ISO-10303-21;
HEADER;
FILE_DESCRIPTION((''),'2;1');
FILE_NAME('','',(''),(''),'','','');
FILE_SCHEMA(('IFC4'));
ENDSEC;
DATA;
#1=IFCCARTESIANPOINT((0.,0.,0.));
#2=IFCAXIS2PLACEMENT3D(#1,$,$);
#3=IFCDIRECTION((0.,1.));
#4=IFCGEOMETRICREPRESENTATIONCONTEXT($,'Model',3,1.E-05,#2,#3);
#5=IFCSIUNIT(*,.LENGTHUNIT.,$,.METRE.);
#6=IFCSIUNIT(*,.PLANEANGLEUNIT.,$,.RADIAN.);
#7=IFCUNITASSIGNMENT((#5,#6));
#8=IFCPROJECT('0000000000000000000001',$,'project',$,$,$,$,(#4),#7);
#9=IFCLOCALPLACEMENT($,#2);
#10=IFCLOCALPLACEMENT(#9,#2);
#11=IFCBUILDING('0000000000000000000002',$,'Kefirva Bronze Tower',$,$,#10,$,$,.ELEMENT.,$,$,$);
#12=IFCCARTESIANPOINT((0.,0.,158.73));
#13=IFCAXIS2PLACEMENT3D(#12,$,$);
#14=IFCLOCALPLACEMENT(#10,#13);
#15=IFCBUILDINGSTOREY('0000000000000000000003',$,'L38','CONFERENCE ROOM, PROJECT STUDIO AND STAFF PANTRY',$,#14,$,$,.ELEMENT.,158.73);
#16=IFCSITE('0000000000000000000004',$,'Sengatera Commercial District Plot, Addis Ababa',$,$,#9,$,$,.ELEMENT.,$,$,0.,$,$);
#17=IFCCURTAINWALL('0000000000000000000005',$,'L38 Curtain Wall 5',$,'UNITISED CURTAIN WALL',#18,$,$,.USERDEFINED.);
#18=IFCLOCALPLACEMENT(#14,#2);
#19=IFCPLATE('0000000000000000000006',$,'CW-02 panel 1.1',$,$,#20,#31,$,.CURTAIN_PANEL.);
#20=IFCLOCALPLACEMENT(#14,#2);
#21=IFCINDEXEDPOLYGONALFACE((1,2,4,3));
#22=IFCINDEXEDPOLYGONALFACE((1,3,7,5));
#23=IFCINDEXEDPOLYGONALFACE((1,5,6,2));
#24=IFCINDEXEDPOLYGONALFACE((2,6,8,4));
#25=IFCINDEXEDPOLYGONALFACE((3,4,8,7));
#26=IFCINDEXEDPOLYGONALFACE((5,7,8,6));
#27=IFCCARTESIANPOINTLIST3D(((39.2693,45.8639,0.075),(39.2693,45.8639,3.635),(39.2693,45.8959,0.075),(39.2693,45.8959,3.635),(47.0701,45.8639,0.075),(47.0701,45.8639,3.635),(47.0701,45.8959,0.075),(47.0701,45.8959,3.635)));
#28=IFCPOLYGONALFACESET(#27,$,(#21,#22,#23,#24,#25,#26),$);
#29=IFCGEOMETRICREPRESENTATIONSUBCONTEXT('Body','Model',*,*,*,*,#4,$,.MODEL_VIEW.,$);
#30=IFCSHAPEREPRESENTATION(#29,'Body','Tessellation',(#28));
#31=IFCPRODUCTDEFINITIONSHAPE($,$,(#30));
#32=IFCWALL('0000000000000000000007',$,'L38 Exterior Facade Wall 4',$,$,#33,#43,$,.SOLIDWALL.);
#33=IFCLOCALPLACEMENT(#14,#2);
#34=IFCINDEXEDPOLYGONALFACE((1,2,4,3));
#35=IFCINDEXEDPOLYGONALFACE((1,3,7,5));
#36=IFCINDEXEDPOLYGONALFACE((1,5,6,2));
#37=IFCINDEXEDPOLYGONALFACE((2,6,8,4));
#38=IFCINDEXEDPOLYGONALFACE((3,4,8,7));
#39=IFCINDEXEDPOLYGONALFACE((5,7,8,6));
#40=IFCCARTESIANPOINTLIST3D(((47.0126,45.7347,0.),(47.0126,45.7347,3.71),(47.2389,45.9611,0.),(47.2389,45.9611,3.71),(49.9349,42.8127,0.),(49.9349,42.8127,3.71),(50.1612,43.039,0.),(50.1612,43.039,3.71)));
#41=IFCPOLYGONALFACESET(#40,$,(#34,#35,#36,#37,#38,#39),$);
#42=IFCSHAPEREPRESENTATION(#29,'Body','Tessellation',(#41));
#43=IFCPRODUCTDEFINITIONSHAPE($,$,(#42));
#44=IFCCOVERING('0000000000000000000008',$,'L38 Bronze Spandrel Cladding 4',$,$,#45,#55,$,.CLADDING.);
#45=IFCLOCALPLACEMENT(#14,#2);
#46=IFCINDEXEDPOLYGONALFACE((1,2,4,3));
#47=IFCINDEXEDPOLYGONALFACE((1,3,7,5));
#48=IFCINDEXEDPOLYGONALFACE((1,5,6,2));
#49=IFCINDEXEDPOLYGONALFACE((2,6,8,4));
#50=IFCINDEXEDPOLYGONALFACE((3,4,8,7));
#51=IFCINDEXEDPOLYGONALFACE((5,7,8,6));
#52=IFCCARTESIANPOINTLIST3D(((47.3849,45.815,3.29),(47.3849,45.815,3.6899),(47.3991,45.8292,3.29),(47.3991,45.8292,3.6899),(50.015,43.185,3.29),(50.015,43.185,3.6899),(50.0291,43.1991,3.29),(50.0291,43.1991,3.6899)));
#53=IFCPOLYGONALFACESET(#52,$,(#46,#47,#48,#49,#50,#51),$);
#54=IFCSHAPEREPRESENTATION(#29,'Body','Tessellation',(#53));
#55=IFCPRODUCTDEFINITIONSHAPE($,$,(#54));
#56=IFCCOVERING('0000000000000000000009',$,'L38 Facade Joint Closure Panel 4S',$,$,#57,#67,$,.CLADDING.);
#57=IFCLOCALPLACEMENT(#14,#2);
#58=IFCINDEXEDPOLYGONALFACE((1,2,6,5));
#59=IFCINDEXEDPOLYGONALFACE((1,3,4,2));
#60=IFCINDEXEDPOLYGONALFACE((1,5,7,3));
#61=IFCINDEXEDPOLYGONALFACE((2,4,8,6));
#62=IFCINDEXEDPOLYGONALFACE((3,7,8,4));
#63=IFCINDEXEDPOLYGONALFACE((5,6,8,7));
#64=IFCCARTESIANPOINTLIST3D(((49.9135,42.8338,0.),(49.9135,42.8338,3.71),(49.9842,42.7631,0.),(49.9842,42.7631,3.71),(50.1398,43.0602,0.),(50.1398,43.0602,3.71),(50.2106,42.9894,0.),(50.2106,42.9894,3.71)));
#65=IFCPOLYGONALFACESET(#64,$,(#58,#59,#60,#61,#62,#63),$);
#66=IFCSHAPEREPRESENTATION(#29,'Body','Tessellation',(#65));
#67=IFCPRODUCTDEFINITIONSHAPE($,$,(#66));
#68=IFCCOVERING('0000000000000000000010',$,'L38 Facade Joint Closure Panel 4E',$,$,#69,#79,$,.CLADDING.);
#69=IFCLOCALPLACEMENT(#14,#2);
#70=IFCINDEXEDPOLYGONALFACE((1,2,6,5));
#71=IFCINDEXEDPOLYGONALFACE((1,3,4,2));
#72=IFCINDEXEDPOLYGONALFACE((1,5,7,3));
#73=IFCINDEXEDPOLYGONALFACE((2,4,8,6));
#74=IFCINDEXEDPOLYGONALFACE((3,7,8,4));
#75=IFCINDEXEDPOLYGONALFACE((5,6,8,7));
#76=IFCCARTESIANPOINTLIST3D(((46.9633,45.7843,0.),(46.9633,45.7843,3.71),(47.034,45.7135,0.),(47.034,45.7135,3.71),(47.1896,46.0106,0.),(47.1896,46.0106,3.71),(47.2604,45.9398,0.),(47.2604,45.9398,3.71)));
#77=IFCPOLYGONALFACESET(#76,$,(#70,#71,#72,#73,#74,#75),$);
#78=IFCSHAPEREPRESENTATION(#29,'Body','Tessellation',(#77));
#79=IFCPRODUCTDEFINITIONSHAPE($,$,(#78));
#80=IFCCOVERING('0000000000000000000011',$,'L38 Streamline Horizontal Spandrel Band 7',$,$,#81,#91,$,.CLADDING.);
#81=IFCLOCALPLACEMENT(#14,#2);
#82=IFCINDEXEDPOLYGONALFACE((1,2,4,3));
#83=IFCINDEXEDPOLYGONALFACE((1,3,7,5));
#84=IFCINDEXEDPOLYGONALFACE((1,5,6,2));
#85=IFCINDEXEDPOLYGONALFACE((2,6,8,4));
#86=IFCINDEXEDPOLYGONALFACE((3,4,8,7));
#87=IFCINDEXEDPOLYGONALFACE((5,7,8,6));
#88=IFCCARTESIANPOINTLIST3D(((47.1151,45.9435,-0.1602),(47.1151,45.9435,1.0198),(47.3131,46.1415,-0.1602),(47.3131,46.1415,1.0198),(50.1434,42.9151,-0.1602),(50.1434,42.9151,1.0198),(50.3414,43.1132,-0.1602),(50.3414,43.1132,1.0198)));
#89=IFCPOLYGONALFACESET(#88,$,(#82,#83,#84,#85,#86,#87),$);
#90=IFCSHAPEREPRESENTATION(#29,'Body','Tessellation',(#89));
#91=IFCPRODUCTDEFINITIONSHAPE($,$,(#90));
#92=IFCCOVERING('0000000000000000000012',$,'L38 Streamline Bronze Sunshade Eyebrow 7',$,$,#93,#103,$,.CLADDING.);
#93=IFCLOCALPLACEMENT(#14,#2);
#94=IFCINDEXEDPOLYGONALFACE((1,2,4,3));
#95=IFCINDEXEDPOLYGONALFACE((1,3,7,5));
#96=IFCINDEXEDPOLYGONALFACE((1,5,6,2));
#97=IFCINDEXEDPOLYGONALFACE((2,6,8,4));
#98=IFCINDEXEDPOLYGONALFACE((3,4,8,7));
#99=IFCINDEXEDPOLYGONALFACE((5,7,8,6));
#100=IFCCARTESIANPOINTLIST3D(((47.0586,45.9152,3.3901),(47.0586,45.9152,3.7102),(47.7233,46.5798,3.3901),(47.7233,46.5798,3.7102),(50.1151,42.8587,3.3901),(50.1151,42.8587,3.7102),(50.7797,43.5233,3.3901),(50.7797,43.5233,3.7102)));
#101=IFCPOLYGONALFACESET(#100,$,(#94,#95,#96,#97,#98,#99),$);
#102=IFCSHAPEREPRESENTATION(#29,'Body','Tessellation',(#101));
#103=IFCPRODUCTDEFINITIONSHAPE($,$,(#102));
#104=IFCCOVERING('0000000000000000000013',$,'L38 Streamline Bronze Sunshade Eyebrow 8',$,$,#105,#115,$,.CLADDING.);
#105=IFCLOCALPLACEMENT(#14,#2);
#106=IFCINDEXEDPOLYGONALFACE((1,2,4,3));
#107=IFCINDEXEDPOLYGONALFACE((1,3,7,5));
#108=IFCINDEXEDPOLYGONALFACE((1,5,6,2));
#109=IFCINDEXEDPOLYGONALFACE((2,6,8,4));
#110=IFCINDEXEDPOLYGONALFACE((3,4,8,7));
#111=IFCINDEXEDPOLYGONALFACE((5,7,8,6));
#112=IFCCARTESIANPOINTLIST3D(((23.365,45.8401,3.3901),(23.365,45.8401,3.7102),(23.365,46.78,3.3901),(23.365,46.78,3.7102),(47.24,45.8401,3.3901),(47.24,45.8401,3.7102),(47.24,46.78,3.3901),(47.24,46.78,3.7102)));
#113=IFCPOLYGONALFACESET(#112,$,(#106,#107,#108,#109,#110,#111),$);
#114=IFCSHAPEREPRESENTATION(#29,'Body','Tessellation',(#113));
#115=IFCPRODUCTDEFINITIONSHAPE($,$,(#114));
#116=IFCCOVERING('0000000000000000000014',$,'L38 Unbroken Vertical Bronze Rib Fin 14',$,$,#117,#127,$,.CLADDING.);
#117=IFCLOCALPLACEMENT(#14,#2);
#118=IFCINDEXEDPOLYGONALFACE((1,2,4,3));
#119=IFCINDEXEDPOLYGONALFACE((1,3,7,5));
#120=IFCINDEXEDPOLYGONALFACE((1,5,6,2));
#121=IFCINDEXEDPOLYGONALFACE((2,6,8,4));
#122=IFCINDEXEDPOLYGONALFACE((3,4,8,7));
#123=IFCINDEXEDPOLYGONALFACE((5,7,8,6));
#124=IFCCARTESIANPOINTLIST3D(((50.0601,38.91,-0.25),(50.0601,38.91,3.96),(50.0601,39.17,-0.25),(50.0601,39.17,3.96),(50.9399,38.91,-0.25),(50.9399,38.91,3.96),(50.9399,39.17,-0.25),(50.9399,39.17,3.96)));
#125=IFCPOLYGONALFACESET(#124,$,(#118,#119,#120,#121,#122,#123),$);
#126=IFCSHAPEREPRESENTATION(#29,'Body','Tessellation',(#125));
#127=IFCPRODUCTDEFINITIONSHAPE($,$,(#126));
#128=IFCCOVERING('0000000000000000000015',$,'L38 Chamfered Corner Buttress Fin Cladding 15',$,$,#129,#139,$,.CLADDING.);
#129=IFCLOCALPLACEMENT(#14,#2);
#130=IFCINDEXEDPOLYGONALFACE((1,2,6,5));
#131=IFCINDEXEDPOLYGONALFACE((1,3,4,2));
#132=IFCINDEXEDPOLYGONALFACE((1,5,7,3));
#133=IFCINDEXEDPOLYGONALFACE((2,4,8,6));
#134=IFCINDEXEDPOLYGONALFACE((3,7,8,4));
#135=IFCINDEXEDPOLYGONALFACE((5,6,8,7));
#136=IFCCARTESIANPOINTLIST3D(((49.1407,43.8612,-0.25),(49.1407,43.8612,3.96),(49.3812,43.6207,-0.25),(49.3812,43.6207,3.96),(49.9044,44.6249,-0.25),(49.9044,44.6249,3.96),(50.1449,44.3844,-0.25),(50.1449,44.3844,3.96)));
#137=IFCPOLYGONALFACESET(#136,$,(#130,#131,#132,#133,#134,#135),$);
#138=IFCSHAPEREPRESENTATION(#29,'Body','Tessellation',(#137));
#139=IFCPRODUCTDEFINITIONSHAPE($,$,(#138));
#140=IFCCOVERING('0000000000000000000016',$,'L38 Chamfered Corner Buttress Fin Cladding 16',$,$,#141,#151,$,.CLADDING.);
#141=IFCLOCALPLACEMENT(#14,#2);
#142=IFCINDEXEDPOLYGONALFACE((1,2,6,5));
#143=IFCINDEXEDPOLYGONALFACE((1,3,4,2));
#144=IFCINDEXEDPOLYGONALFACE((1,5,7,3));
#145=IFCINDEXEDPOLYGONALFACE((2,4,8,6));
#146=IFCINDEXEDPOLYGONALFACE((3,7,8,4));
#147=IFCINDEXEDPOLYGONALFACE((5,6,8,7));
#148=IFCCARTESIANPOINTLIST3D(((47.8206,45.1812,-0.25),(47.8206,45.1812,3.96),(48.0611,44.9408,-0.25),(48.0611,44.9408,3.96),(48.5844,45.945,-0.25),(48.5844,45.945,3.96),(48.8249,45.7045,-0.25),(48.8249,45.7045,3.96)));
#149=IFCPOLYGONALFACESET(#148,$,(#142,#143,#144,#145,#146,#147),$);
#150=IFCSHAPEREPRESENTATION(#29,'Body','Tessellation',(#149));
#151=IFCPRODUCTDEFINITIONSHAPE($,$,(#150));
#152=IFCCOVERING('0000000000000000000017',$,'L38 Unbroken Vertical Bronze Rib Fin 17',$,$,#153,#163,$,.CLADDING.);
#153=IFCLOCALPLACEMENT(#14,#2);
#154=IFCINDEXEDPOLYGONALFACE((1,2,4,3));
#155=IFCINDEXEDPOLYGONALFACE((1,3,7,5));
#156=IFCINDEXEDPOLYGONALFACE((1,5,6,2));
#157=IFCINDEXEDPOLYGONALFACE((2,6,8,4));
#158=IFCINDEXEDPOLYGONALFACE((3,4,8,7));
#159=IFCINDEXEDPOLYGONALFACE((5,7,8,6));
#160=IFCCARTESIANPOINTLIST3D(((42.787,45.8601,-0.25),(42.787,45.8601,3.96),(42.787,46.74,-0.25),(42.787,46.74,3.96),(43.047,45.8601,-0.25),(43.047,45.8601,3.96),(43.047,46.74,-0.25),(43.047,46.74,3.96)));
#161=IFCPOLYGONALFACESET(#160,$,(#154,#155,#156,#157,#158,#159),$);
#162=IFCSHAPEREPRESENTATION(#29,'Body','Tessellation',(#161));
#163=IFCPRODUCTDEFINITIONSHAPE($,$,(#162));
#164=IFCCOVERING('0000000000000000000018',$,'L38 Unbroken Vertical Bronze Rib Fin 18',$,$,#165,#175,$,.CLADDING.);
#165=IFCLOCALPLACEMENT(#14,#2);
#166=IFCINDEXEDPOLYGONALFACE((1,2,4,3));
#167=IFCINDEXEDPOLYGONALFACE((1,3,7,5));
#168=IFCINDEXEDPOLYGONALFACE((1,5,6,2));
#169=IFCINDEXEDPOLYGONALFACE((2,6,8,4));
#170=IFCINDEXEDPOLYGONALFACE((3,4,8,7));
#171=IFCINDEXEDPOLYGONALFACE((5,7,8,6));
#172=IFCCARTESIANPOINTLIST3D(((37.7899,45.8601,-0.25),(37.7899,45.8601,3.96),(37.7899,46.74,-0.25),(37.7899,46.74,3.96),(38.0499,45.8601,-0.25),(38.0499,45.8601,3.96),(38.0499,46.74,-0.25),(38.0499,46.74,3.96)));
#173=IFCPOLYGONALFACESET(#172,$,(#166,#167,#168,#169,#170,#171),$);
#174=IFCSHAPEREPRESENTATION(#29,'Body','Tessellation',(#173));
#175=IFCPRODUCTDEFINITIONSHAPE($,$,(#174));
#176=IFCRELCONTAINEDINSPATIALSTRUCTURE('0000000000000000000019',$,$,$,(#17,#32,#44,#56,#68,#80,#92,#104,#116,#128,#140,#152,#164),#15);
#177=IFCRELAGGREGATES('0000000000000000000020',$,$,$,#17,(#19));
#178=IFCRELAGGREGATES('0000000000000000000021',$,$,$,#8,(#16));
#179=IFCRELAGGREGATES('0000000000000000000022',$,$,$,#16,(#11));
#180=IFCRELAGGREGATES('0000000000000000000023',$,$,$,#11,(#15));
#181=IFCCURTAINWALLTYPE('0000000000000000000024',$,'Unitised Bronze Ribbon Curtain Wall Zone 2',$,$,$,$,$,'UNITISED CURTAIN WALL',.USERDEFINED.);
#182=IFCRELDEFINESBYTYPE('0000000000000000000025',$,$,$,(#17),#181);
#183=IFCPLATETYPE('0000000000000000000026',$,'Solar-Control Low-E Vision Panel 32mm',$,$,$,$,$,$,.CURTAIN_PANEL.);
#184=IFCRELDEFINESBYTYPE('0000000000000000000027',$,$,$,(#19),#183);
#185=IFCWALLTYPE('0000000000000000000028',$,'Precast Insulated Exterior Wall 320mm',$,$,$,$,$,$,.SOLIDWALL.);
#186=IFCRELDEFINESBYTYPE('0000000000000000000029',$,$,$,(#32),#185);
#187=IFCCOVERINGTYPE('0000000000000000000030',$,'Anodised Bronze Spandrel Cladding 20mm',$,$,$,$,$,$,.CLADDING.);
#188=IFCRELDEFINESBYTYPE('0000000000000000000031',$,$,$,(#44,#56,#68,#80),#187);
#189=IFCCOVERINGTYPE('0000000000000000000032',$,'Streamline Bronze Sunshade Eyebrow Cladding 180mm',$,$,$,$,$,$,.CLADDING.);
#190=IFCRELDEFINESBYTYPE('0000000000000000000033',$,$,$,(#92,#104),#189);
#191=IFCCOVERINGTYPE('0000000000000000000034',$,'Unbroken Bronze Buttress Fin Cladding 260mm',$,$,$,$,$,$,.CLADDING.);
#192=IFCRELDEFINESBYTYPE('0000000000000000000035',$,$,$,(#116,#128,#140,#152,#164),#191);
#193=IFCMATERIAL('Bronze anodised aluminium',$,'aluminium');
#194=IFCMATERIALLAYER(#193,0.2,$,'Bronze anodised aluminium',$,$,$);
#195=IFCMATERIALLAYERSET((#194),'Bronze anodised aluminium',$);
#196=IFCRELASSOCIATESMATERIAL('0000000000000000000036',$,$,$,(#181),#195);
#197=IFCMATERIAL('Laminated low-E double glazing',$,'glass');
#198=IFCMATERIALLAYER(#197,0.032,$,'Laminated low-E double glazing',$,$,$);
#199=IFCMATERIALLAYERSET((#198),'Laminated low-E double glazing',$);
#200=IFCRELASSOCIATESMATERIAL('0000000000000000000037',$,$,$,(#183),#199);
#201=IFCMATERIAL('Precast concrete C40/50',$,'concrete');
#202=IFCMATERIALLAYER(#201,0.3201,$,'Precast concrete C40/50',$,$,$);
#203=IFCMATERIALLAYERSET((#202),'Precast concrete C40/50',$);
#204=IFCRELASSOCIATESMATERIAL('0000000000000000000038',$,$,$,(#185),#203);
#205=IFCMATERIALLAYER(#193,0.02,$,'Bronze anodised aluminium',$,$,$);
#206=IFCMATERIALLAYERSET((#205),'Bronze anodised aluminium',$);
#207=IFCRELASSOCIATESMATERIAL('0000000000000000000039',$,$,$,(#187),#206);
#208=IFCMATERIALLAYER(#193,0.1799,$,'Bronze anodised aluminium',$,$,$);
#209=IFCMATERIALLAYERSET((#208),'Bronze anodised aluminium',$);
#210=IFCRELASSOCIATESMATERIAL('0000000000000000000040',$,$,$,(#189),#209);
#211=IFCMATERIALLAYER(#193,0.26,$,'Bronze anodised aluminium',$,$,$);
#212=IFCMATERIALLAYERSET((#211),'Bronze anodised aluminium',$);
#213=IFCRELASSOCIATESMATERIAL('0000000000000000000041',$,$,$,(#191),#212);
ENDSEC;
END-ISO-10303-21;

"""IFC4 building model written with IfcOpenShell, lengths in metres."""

from ifc_helpers import new_model, si_unit, direction, frame, frame_2d, origin, origin_2d, place, context, subcontext, project, spatial, rectangle, extrude, material, layer, layer_set, type_object, element, aggregate, save


model = new_model("IFC4")

# Units and contexts
model_context = context("Model", 3, precision=1e-05, world=origin(), true_north=direction((0.0, 1.0)))
body_context = subcontext(model_context, "Body", "Model", "MODEL_VIEW")
ifc_project = project(units=[si_unit("LENGTHUNIT", "METRE"), si_unit("PLANEANGLEUNIT", "RADIAN")], contexts=[model_context])

# Site, building, storey
site_placement = place(None, origin())
site = spatial("IfcSite", under=ifc_project, at=site_placement, Name="Sengatera Commercial District Plot, Addis Ababa", CompositionType="ELEMENT", RefElevation=0.0)
building_placement = place(site_placement, origin())
building = spatial("IfcBuilding", under=site, at=building_placement, Name="Kefirva Bronze Tower", CompositionType="ELEMENT")
storey_placement = place(building_placement, frame((0.0, 0.0, 158.73)))
storey = spatial("IfcBuildingStorey", under=building, at=storey_placement, Name="L38", Description="CONFERENCE ROOM, PROJECT STUDIO AND STAFF PANTRY", CompositionType="ELEMENT", Elevation=158.73)

# Shared definitions
ifc_material_1 = material(Name="Bronze anodised aluminium", Category="aluminium")
ifc_layer_1 = layer(ifc_material_1, 0.2, Name="Bronze anodised aluminium")
ifc_layer_set_1 = layer_set([ifc_layer_1], Name="Bronze anodised aluminium")
curtain_wall_type = type_object("IfcCurtainWallType", Name="Unitised Bronze Ribbon Curtain Wall Zone 2", ElementType="UNITISED CURTAIN WALL", PredefinedType="USERDEFINED", material=ifc_layer_set_1)

# Curtain wall
curtain_wall_1_placement = place(storey_placement, origin())
curtain_wall_1 = element("IfcCurtainWall", 1, at=curtain_wall_1_placement, inside=storey, type_object=curtain_wall_type, Name="L38 Curtain Wall 5", ObjectType="UNITISED CURTAIN WALL", PredefinedType="USERDEFINED")

# Plate
ifc_material_2 = material(Name="Laminated low-E double glazing", Category="glass")
ifc_layer_2 = layer(ifc_material_2, 0.032, Name="Laminated low-E double glazing")
ifc_layer_set_2 = layer_set([ifc_layer_2], Name="Laminated low-E double glazing")
plate_type = type_object("IfcPlateType", Name="Solar-Control Low-E Vision Panel 32mm", PredefinedType="CURTAIN_PANEL", material=ifc_layer_set_2)
plate_placement = place(storey_placement, frame((43.1697, 45.8799, 0.075), z_axis=(0.0, 0.0, 1.0), x_axis=(-1.0, 0.0, 0.0)))
plate = element("IfcPlate", 2, at=plate_placement, type_object=plate_type, Name="CW-02 panel 1.1", PredefinedType="CURTAIN_PANEL", context=body_context, shape_type="SweptSolid", body=[
    extrude(rectangle(XDim=7.8008, YDim=0.032, at=origin_2d()), origin(), (0.0, 0.0, 1.0), 3.5601),
])
aggregate(curtain_wall_1, [plate])

# Wall
ifc_material_3 = material(Name="Precast concrete C40/50", Category="concrete")
ifc_layer_3 = layer(ifc_material_3, 0.3201, Name="Precast concrete C40/50")
ifc_layer_set_3 = layer_set([ifc_layer_3], Name="Precast concrete C40/50")
wall_type = type_object("IfcWallType", Name="Precast Insulated Exterior Wall 320mm", PredefinedType="SOLIDWALL", material=ifc_layer_set_3)
wall_placement = place(storey_placement, frame((50.0481, 42.9258, 0.0), z_axis=(0.0, 0.0, 1.0), x_axis=(-0.707136, 0.707077, 0.0)))
element("IfcWall", 3, at=wall_placement, inside=storey, type_object=wall_type, Name="L38 Exterior Facade Wall 4", PredefinedType="SOLIDWALL", context=body_context, shape_type="SweptSolid", body=[
    extrude(rectangle(XDim=4.1326, YDim=0.3201, at=frame_2d((2.0664, 0.0))), origin(), (0.0, 0.0, 1.0), 3.71),
])

# Coverings
ifc_layer_4 = layer(ifc_material_1, 0.02, Name="Bronze anodised aluminium")
ifc_layer_set_4 = layer_set([ifc_layer_4], Name="Bronze anodised aluminium")
covering_type_1 = type_object("IfcCoveringType", Name="Anodised Bronze Spandrel Cladding 20mm", PredefinedType="CLADDING", material=ifc_layer_set_4)
covering_1_placement = place(storey_placement, frame((48.707, 44.5071, 3.29), z_axis=(0.0, 0.0, 1.0), x_axis=(-0.707107, 0.707107, 0.0)))
element("IfcCovering", 4, at=covering_1_placement, inside=storey, type_object=covering_type_1, Name="L38 Bronze Spandrel Cladding 4", PredefinedType="CLADDING", context=body_context, shape_type="SweptSolid", body=[
    extrude(rectangle(XDim=3.7195, YDim=0.02, at=origin_2d()), origin(), (0.0, 0.0, 1.0), 0.3999),
])
for number, where, z_axis, x_axis, name in (
    (5, (50.062, 42.9116, 0.0), (0.0, 0.0, 1.0), (-0.707107, 0.707107, 0.0), "L38 Facade Joint Closure Panel 4S"),
    (6, (47.1118, 45.8621, 0.0), (0.0, 0.0, 1.0), (-0.707107, 0.707107, 0.0), "L38 Facade Joint Closure Panel 4E"),
):
    element("IfcCovering", number, at=place(storey_placement, frame(where, z_axis=z_axis, x_axis=x_axis)), inside=storey, type_object=covering_type_1, Name=name, PredefinedType="CLADDING", context=body_context, shape_type="SweptSolid", body=[
        extrude(rectangle(XDim=0.1001, YDim=0.3201, at=origin_2d()), origin(), (0.0, 0.0, 1.0), 3.71),
    ])
covering_2_placement = place(storey_placement, frame((48.7283, 44.5283, -0.1602), z_axis=(0.0, 0.0, 1.0), x_axis=(-0.707107, 0.707107, 0.0)))
element("IfcCovering", 7, at=covering_2_placement, inside=storey, type_object=covering_type_1, Name="L38 Streamline Horizontal Spandrel Band 7", PredefinedType="CLADDING", context=body_context, shape_type="SweptSolid", body=[
    extrude(rectangle(XDim=4.2827, YDim=0.28, at=origin_2d()), origin(), (0.0, 0.0, 1.0), 1.1799),
])
ifc_layer_5 = layer(ifc_material_1, 0.1799, Name="Bronze anodised aluminium")
ifc_layer_set_5 = layer_set([ifc_layer_5], Name="Bronze anodised aluminium")
covering_type_2 = type_object("IfcCoveringType", Name="Streamline Bronze Sunshade Eyebrow Cladding 180mm", PredefinedType="CLADDING", material=ifc_layer_set_5)
covering_3_placement = place(storey_placement, frame((48.9192, 44.7192, 3.3901), z_axis=(0.0, 0.0, 1.0), x_axis=(-0.707107, 0.707107, 0.0)))
element("IfcCovering", 8, at=covering_3_placement, inside=storey, type_object=covering_type_2, Name="L38 Streamline Bronze Sunshade Eyebrow 7", PredefinedType="CLADDING", context=body_context, shape_type="SweptSolid", body=[
    extrude(rectangle(XDim=4.3225, YDim=0.9399, at=origin_2d()), origin(), (0.0, 0.0, 1.0), 0.3201),
])
covering_4_placement = place(storey_placement, frame((35.3025, 46.3101, 3.3901), z_axis=(0.0, 0.0, 1.0), x_axis=(-1.0, 0.0, 0.0)))
element("IfcCovering", 9, at=covering_4_placement, inside=storey, type_object=covering_type_2, Name="L38 Streamline Bronze Sunshade Eyebrow 8", PredefinedType="CLADDING", context=body_context, shape_type="SweptSolid", body=[
    extrude(rectangle(XDim=23.875, YDim=0.9399, at=origin_2d()), origin(), (0.0, 0.0, 1.0), 0.3201),
])
ifc_layer_6 = layer(ifc_material_1, 0.26, Name="Bronze anodised aluminium")
ifc_layer_set_6 = layer_set([ifc_layer_6], Name="Bronze anodised aluminium")
covering_type_3 = type_object("IfcCoveringType", Name="Unbroken Bronze Buttress Fin Cladding 260mm", PredefinedType="CLADDING", material=ifc_layer_set_6)
covering_5_placement = place(storey_placement, frame((50.5, 39.04, -0.25), z_axis=(0.0, 0.0, 1.0), x_axis=(0.0, 1.0, 0.0)))
element("IfcCovering", 10, at=covering_5_placement, inside=storey, type_object=covering_type_3, Name="L38 Unbroken Vertical Bronze Rib Fin 14", PredefinedType="CLADDING", context=body_context, shape_type="SweptSolid", body=[
    extrude(rectangle(XDim=0.26, YDim=0.8799, at=origin_2d()), origin(), (0.0, 0.0, 1.0), 4.21),
])
for number, where, z_axis, x_axis, name in (
    (11, (49.6428, 44.1228, -0.25), (0.0, 0.0, 1.0), (-0.707107, 0.707107, 0.0), "L38 Chamfered Corner Buttress Fin Cladding 15"),
    (12, (48.3228, 45.4429, -0.25), (0.0, 0.0, 1.0), (-0.707107, 0.707107, 0.0), "L38 Chamfered Corner Buttress Fin Cladding 16"),
):
    element("IfcCovering", number, at=place(storey_placement, frame(where, z_axis=z_axis, x_axis=x_axis)), inside=storey, type_object=covering_type_3, Name=name, PredefinedType="CLADDING", context=body_context, shape_type="SweptSolid", body=[
        extrude(rectangle(XDim=0.3401, YDim=1.0801, at=origin_2d()), origin(), (0.0, 0.0, 1.0), 4.21),
    ])
for number, where, z_axis, x_axis, name in (
    (13, (42.917, 46.3, -0.25), (0.0, 0.0, 1.0), (-1.0, 0.0, 0.0), "L38 Unbroken Vertical Bronze Rib Fin 17"),
    (14, (37.9199, 46.3, -0.25), (0.0, 0.0, 1.0), (-1.0, 0.0, 0.0), "L38 Unbroken Vertical Bronze Rib Fin 18"),
):
    element("IfcCovering", number, at=place(storey_placement, frame(where, z_axis=z_axis, x_axis=x_axis)), inside=storey, type_object=covering_type_3, Name=name, PredefinedType="CLADDING", context=body_context, shape_type="SweptSolid", body=[
        extrude(rectangle(XDim=0.26, YDim=0.8799, at=origin_2d()), origin(), (0.0, 0.0, 1.0), 4.21),
    ])

save(model, "model.ifc")
